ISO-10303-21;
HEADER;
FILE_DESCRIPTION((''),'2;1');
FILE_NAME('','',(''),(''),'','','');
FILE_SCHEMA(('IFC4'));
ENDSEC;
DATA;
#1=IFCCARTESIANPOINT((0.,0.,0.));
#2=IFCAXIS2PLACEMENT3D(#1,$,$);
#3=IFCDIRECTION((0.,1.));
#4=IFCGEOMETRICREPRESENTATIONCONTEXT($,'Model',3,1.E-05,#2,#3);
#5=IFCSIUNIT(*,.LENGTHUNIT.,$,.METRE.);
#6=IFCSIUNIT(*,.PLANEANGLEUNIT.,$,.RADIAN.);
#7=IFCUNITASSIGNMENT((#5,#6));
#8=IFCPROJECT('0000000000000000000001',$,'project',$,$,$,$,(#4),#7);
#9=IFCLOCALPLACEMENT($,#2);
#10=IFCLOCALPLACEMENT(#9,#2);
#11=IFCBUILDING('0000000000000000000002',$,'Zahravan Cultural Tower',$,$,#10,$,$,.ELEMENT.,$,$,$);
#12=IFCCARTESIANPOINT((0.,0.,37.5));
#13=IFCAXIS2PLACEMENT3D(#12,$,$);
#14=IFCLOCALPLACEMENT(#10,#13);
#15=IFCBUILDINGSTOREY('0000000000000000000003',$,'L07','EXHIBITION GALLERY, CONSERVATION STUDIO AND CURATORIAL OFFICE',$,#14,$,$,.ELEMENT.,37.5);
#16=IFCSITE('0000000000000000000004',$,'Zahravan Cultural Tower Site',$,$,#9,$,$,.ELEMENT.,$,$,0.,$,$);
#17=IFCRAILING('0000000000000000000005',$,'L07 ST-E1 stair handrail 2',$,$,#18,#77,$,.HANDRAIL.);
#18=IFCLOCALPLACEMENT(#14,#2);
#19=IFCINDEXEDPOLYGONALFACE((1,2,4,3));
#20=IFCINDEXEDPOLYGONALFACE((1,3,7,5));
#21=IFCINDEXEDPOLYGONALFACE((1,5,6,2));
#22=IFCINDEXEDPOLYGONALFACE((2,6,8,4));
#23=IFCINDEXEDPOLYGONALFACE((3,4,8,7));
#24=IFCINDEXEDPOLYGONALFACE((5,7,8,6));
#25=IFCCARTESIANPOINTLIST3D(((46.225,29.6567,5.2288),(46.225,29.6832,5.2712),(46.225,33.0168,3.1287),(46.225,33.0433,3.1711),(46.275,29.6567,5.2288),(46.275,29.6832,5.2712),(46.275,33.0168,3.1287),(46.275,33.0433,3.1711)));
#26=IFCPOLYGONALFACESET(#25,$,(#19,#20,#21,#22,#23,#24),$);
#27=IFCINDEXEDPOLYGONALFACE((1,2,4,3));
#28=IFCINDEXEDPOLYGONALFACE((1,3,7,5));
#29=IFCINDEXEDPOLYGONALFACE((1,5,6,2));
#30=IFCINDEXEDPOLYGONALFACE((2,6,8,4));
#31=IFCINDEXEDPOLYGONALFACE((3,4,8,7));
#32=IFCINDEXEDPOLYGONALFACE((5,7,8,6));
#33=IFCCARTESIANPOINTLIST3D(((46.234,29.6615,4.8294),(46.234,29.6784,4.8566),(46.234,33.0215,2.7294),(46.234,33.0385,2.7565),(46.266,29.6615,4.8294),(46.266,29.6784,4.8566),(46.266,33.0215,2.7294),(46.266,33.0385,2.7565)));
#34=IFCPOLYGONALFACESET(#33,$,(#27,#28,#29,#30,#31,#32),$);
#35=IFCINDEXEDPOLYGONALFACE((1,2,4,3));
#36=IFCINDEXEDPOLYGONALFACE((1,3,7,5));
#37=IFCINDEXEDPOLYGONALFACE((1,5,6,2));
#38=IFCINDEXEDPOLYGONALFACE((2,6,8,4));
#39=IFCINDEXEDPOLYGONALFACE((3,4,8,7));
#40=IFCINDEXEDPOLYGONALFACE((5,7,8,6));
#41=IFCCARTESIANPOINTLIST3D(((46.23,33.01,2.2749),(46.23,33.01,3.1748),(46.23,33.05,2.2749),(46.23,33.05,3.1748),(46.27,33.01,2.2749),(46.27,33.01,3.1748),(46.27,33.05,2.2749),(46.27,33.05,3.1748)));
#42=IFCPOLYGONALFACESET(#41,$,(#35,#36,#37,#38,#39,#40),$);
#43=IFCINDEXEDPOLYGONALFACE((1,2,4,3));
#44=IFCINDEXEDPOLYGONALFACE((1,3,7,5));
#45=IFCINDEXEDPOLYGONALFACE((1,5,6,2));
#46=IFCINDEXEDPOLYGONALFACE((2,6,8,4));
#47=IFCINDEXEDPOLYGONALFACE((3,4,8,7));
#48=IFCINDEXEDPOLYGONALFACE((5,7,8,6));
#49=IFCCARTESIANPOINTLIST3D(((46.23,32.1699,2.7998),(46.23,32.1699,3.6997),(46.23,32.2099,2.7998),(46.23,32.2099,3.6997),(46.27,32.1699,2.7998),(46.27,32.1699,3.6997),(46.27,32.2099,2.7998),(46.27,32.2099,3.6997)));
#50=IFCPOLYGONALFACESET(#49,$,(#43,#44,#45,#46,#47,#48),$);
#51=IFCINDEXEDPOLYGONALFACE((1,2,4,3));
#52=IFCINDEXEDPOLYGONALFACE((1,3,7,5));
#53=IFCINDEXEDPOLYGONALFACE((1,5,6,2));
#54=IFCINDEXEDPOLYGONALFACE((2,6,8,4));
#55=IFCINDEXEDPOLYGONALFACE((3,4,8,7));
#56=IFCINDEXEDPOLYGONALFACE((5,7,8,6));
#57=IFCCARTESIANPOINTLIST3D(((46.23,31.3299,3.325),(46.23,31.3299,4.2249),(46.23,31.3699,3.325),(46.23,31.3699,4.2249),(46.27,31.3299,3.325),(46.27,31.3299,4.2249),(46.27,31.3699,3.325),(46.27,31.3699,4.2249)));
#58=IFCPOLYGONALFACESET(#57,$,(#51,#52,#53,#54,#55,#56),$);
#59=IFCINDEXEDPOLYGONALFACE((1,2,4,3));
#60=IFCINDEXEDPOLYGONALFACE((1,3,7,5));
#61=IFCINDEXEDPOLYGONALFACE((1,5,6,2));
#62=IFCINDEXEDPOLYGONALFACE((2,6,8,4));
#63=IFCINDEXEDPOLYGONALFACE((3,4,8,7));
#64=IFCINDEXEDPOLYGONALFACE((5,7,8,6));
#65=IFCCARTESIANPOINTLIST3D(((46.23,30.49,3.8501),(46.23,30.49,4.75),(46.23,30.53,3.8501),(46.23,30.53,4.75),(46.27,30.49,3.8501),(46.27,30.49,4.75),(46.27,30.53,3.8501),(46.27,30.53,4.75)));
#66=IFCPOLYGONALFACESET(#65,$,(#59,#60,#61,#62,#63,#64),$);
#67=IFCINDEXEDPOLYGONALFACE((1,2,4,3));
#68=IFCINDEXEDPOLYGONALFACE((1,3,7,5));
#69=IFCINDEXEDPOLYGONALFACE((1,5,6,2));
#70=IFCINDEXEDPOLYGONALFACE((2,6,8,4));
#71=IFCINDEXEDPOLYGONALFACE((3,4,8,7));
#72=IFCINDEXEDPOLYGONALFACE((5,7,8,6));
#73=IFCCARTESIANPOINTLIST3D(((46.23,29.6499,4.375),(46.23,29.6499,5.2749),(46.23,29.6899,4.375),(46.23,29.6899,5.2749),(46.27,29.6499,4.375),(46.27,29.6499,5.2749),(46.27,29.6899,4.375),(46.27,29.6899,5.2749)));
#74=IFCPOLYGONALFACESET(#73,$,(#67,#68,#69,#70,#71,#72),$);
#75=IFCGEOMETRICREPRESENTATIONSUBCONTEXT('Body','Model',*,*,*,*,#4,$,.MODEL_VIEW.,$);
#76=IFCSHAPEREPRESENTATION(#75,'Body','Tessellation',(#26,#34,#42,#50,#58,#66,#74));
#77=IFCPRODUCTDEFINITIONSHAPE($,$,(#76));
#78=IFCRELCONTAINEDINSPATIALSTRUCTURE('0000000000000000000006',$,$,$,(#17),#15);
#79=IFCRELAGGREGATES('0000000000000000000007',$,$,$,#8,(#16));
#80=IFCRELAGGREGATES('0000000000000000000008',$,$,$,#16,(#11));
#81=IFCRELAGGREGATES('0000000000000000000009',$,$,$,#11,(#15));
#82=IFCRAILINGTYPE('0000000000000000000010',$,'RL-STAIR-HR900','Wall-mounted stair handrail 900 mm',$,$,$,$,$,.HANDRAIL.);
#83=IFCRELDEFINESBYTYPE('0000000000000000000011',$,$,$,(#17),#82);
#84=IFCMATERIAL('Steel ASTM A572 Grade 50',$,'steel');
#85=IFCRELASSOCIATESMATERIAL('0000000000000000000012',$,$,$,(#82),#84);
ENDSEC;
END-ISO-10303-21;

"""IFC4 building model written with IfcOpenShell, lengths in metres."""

from ifc_helpers import new_model, si_unit, direction, frame, origin, origin_2d, place, context, subcontext, project, spatial, rectangle, extrude, material, type_object, element, save


model = new_model("IFC4")

# Units and contexts
model_context = context("Model", 3, precision=1e-05, world=origin(), true_north=direction((0.0, 1.0)))
body_context = subcontext(model_context, "Body", "Model", "MODEL_VIEW")
ifc_project = project(units=[si_unit("LENGTHUNIT", "METRE"), si_unit("PLANEANGLEUNIT", "RADIAN")], contexts=[model_context])

# Site, building, storey
site_placement = place(None, origin())
site = spatial("IfcSite", under=ifc_project, at=site_placement, Name="Zahravan Cultural Tower Site", CompositionType="ELEMENT", RefElevation=0.0)
building_placement = place(site_placement, origin())
building = spatial("IfcBuilding", under=site, at=building_placement, Name="Zahravan Cultural Tower", CompositionType="ELEMENT")
storey_placement = place(building_placement, frame((0.0, 0.0, 37.5)))
storey = spatial("IfcBuildingStorey", under=building, at=storey_placement, Name="L07", Description="EXHIBITION GALLERY, CONSERVATION STUDIO AND CURATORIAL OFFICE", CompositionType="ELEMENT", Elevation=37.5)

# Shared definitions
ifc_material_1 = material(Name="Steel ASTM A572 Grade 50", Category="steel")

# Railing
railing_type = type_object("IfcRailingType", Name="RL-STAIR-HR900", Description="Wall-mounted stair handrail 900 mm", PredefinedType="HANDRAIL", material=ifc_material_1)
railing_placement = place(storey_placement, frame((46.25, 33.03, 2.2749)))
element("IfcRailing", 1, at=railing_placement, inside=storey, type_object=railing_type, Name="L07 ST-E1 stair handrail 2", PredefinedType="HANDRAIL", context=body_context, shape_type="SweptSolid", body=[
    extrude(rectangle(XDim=0.05, YDim=0.05, at=origin_2d()), frame((0.0, 0.0, 0.875), z_axis=(0.0, -0.847995, 0.530004), x_axis=(1.0, 0.0, 0.0)), (0.0, 0.0, 1.0), 3.9624),
    extrude(rectangle(XDim=0.032, YDim=0.032, at=origin_2d()), frame((0.0, 0.0, 0.468), z_axis=(0.0, -0.847995, 0.530004), x_axis=(1.0, 0.0, 0.0)), (0.0, 0.0, 1.0), 3.9624),
    extrude(rectangle(XDim=0.04, YDim=0.04, at=origin_2d()), origin(), (0.0, 0.0, 1.0), 0.8999),
    extrude(rectangle(XDim=0.04, YDim=0.04, at=origin_2d()), frame((0.0, -0.8401, 0.5249)), (0.0, 0.0, 1.0), 0.8999),
    extrude(rectangle(XDim=0.04, YDim=0.04, at=origin_2d()), frame((0.0, -1.6802, 1.05)), (0.0, 0.0, 1.0), 0.8999),
    extrude(rectangle(XDim=0.04, YDim=0.04, at=origin_2d()), frame((0.0, -2.52, 1.5752)), (0.0, 0.0, 1.0), 0.8999),
    extrude(rectangle(XDim=0.04, YDim=0.04, at=origin_2d()), frame((0.0, -3.3601, 2.1001)), (0.0, 0.0, 1.0), 0.8999),
])

save(model, "model.ifc")
